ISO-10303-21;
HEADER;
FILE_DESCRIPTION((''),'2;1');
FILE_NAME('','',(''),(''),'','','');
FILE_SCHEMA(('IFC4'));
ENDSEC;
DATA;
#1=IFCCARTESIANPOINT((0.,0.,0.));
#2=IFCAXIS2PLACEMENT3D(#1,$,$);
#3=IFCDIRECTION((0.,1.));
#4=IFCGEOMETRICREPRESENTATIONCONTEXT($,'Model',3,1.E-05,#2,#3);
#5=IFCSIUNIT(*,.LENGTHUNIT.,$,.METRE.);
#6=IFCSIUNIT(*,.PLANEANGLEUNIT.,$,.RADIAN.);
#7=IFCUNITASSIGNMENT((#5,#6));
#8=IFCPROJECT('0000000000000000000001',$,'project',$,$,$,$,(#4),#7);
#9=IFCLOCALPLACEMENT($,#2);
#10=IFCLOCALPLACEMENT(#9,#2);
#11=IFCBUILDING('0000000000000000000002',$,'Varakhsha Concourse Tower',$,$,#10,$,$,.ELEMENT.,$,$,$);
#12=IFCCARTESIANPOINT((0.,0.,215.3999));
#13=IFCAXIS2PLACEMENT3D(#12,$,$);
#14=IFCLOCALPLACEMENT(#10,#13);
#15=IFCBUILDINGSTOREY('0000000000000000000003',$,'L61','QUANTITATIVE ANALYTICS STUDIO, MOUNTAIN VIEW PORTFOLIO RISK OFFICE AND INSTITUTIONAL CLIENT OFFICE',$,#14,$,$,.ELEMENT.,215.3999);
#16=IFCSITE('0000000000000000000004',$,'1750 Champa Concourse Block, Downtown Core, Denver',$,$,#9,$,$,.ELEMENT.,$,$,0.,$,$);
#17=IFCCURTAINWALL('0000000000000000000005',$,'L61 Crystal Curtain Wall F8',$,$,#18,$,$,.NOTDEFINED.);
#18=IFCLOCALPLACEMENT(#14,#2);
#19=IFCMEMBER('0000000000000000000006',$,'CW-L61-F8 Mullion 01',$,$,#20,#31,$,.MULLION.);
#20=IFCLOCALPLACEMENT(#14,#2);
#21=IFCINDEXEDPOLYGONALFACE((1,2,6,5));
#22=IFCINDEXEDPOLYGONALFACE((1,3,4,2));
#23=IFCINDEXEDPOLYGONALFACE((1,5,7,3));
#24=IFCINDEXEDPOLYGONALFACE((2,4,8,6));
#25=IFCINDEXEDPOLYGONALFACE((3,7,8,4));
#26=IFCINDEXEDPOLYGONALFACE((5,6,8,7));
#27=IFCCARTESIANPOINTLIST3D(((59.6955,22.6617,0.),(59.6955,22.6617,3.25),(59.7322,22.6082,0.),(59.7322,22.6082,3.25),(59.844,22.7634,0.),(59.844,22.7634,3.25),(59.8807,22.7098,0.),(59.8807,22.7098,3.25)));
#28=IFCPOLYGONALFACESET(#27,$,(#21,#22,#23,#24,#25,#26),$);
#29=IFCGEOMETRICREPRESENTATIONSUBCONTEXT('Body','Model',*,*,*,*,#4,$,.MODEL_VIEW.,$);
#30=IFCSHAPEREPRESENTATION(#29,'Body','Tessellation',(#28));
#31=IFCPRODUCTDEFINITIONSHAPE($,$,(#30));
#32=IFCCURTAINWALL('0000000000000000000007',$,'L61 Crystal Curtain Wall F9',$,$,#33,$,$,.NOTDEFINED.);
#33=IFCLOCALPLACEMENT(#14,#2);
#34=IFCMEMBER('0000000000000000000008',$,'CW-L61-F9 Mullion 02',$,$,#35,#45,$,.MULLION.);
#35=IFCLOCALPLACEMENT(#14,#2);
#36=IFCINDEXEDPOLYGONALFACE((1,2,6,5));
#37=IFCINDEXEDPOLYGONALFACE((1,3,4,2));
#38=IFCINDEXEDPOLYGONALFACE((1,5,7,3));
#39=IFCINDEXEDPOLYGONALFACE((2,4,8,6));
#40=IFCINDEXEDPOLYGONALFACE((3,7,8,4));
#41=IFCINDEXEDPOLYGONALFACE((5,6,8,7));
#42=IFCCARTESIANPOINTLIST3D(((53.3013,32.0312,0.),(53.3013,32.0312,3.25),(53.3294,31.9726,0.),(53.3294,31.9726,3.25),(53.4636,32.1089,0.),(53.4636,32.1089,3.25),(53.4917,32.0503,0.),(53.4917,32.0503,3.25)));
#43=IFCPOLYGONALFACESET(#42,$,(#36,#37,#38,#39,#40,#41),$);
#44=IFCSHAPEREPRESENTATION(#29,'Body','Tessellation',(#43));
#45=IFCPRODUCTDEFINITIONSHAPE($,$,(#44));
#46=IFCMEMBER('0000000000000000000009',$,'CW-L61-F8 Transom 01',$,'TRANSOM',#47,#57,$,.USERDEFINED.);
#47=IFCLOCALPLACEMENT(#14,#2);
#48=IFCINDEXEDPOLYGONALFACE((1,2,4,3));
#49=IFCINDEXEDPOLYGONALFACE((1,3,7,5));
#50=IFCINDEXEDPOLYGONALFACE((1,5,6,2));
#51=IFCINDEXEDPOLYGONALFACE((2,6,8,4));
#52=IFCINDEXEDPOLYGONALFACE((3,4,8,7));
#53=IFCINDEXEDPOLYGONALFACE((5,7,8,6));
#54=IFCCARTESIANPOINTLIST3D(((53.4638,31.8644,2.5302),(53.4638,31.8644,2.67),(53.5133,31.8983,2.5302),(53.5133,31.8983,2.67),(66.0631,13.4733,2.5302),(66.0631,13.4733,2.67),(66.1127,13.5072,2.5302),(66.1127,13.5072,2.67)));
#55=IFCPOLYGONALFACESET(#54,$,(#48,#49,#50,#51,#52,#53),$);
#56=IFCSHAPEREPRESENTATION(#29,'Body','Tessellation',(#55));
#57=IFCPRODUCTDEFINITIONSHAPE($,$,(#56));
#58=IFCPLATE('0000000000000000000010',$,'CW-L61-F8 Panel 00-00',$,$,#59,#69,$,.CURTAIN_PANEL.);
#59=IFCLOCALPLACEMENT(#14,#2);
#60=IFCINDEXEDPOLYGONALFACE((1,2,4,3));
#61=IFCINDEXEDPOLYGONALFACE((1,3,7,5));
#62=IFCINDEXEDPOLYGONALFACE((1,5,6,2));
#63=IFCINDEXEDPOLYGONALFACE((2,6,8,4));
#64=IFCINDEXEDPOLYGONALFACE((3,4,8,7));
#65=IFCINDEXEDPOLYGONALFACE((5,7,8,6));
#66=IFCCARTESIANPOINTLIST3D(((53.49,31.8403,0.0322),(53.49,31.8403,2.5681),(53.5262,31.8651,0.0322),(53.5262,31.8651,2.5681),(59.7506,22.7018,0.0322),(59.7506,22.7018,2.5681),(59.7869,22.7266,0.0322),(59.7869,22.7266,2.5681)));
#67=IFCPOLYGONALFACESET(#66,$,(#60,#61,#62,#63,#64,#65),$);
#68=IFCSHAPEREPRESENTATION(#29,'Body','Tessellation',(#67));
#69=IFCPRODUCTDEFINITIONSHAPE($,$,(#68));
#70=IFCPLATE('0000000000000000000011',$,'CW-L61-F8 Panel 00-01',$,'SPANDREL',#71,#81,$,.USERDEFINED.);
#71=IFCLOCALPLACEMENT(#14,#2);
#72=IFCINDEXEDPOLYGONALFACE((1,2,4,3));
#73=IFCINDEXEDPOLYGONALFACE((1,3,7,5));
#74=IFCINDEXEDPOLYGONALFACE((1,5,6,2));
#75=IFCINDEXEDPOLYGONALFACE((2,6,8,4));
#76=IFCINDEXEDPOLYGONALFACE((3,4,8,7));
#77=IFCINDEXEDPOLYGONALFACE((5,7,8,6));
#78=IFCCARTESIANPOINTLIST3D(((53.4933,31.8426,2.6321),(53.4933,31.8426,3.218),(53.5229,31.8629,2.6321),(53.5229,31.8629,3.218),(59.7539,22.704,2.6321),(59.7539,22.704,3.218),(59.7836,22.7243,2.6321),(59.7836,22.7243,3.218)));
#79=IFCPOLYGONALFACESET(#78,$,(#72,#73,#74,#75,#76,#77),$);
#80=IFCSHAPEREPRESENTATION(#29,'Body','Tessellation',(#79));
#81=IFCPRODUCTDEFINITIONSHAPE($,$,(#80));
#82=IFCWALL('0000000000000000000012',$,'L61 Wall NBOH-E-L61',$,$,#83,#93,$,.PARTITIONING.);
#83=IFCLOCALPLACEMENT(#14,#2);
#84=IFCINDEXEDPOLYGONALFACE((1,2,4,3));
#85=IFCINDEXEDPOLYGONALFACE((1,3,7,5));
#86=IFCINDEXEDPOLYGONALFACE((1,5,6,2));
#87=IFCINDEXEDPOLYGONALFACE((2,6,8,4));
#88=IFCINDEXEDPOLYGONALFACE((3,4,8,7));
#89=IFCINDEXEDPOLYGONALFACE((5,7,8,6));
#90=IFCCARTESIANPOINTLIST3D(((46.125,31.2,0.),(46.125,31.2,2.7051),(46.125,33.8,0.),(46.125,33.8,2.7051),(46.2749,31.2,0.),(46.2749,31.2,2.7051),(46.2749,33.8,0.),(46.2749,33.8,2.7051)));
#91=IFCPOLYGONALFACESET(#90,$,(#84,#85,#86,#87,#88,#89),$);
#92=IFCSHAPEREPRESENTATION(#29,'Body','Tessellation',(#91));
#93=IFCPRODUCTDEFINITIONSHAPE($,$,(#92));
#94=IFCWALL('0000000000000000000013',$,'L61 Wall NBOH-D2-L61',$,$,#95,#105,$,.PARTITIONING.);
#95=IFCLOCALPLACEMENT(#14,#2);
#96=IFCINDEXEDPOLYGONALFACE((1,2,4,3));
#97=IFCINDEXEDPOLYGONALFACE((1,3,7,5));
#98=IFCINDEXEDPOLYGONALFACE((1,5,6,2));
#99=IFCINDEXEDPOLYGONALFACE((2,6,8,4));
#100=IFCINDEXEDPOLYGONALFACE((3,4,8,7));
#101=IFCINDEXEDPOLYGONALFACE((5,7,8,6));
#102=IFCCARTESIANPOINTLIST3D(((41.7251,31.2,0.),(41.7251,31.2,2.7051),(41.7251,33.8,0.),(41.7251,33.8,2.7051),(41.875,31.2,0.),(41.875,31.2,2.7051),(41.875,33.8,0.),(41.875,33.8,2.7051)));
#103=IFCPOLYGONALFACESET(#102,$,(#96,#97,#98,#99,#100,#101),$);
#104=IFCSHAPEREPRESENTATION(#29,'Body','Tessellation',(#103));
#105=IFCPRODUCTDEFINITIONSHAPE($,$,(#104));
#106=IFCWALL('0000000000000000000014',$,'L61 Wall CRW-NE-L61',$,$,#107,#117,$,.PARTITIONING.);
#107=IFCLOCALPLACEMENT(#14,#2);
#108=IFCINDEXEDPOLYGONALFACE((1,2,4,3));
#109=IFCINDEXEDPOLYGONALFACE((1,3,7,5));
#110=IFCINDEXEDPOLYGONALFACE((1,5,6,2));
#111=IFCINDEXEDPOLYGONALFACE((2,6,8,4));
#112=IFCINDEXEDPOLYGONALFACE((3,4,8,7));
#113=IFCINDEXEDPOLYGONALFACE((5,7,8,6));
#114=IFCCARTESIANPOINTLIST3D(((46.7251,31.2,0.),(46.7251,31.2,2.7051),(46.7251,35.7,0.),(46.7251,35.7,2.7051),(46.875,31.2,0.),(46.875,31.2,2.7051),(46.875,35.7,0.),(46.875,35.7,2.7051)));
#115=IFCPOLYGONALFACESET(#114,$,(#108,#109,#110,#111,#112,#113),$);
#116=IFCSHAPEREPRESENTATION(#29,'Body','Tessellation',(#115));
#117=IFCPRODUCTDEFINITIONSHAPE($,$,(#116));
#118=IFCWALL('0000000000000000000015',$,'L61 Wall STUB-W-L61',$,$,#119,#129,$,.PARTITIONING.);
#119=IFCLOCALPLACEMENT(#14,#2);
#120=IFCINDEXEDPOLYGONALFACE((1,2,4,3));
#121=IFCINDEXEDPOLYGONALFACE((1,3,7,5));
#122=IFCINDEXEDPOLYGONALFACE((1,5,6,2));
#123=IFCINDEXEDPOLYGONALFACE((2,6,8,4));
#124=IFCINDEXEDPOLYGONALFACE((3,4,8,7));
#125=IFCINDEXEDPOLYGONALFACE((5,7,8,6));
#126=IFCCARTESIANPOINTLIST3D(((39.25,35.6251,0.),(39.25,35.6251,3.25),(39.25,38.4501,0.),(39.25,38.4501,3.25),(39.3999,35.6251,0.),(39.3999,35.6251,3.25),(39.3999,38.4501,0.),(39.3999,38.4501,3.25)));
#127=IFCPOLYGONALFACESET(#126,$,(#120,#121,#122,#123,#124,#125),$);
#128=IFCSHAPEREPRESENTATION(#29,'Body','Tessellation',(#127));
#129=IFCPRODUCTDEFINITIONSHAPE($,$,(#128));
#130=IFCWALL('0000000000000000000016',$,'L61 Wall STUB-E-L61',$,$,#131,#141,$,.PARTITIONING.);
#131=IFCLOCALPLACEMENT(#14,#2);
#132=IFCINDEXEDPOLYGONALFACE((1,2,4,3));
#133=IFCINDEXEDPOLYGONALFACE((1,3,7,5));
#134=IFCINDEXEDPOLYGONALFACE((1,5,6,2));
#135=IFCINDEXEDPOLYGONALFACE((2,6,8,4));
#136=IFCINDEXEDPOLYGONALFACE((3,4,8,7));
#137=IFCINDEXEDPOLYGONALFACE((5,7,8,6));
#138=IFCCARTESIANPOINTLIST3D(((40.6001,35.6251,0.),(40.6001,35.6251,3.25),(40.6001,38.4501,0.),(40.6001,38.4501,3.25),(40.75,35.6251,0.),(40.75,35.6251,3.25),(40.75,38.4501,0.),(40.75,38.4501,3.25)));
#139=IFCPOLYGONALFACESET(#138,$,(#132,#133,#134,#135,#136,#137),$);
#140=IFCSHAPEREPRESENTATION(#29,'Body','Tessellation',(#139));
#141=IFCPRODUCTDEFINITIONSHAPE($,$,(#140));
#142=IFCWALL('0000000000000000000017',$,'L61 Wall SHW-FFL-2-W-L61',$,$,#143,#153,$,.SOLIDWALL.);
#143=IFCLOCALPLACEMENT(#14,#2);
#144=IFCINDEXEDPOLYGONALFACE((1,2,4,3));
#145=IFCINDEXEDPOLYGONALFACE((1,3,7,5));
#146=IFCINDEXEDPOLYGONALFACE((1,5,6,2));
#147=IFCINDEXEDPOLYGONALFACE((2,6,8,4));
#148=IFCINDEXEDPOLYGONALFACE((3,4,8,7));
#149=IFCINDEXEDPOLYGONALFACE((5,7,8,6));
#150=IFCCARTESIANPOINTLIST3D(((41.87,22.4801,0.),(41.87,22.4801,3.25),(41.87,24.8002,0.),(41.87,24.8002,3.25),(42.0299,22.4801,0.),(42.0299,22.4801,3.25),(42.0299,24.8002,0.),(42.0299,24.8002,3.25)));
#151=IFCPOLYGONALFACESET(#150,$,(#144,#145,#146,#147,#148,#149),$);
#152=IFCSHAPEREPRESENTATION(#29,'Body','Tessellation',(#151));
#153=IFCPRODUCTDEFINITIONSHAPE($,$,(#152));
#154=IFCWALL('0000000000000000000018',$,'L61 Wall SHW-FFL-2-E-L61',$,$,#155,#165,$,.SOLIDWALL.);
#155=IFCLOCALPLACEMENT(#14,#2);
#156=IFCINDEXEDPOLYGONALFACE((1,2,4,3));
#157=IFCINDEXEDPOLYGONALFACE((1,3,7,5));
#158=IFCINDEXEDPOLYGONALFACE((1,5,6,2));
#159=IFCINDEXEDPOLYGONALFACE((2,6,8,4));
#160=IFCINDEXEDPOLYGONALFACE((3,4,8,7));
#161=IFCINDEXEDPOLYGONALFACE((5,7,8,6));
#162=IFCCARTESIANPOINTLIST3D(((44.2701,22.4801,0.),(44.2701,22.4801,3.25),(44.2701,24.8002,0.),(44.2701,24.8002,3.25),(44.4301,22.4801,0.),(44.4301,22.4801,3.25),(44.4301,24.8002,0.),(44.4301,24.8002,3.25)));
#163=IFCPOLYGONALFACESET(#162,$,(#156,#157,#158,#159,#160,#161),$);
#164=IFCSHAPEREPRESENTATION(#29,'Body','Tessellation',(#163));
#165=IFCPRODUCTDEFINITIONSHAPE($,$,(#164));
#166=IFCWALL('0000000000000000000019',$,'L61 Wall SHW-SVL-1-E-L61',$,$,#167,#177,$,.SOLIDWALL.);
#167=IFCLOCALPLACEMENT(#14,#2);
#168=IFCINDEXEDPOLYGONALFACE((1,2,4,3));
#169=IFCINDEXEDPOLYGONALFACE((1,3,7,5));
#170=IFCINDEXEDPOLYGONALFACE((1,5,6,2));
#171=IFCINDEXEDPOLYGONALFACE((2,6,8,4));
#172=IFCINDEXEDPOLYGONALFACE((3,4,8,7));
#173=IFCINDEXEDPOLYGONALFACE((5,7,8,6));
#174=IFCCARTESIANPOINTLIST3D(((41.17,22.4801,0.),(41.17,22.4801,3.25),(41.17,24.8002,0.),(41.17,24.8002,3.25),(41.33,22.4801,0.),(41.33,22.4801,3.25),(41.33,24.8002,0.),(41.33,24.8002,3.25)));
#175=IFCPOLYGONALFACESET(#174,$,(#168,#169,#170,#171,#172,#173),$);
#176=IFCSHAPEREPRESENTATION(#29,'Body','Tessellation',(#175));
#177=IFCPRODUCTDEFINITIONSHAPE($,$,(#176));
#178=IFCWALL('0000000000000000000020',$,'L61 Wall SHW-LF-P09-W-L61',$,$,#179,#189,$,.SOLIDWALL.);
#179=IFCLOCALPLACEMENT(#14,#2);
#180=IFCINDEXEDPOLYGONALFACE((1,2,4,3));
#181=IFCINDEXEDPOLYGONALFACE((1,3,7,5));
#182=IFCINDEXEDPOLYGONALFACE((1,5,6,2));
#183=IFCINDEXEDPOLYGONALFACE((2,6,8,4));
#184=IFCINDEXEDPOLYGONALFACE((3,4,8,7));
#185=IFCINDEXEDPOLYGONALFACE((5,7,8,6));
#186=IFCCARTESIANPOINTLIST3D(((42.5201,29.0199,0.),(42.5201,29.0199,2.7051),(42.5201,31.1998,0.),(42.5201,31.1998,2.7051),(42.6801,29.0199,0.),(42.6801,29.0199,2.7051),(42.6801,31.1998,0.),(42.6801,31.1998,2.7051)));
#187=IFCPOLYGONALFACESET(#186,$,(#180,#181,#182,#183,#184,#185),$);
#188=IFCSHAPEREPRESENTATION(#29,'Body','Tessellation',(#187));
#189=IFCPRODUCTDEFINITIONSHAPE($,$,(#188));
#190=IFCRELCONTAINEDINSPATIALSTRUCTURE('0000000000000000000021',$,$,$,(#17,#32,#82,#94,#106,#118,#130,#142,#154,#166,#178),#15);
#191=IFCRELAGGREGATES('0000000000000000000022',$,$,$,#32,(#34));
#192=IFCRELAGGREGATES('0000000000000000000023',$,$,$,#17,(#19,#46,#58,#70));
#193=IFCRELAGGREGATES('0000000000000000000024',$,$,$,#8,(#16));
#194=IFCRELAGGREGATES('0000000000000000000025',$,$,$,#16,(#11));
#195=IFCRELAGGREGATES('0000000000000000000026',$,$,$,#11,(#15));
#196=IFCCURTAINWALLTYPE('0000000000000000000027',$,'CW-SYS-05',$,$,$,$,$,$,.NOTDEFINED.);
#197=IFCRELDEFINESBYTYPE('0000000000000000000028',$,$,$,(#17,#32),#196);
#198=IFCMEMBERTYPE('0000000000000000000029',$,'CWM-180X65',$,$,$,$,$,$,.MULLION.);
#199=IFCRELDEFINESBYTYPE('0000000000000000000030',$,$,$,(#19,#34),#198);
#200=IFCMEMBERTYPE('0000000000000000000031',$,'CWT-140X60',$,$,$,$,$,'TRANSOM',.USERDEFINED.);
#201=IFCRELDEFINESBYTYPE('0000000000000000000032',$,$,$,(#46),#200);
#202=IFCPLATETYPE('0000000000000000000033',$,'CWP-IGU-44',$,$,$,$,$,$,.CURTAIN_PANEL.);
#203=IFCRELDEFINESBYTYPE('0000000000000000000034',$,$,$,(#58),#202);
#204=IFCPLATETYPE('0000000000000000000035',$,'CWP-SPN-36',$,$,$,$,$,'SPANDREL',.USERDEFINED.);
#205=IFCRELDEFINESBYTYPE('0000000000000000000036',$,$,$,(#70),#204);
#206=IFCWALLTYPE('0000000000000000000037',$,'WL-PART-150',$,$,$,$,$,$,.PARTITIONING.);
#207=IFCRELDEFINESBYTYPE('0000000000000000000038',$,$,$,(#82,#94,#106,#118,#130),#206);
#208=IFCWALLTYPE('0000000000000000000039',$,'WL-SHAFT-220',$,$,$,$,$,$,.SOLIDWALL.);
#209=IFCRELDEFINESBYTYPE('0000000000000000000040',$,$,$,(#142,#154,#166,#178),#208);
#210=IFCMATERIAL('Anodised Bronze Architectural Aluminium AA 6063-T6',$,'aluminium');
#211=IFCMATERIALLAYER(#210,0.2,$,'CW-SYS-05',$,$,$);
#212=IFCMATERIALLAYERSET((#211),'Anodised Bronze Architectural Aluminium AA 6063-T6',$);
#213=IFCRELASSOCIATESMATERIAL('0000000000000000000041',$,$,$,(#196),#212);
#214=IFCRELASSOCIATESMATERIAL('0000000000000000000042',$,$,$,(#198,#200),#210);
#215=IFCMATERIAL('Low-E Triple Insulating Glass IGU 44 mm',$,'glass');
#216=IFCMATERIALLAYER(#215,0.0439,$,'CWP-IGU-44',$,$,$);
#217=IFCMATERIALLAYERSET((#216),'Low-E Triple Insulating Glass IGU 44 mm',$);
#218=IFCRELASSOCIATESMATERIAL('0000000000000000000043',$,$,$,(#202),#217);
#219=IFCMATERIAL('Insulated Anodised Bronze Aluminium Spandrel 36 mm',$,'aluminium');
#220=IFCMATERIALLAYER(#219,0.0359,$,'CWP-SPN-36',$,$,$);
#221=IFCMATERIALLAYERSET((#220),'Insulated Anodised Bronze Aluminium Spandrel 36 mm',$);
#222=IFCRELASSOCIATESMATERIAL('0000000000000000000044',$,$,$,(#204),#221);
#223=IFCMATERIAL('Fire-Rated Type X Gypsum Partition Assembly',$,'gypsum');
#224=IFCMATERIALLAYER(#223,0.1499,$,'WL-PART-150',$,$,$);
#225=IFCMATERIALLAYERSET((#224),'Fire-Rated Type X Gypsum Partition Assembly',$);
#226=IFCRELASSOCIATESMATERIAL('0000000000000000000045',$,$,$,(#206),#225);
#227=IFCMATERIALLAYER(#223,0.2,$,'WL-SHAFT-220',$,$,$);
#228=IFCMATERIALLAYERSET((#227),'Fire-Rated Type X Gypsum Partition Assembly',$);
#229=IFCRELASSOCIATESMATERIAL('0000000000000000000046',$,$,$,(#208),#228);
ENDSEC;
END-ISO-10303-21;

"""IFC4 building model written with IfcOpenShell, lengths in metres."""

from ifc_helpers import new_model, si_unit, direction, frame, frame_2d, origin, origin_2d, place, context, subcontext, project, spatial, rectangle, extrude, source, transform, mapped, material, layer, layer_set, material_profile, profile_set, type_object, type_shapes, element, aggregate, save


model = new_model("IFC4")

# Units and contexts
model_context = context("Model", 3, precision=1e-05, world=origin(), true_north=direction((0.0, 1.0)))
body_context = subcontext(model_context, "Body", "Model", "MODEL_VIEW")
ifc_project = project(units=[si_unit("LENGTHUNIT", "METRE"), si_unit("PLANEANGLEUNIT", "RADIAN")], contexts=[model_context])

# Site, building, storey
site_placement = place(None, origin())
site = spatial("IfcSite", under=ifc_project, at=site_placement, Name="1750 Champa Concourse Block, Downtown Core, Denver", CompositionType="ELEMENT", RefElevation=0.0)
building_placement = place(site_placement, origin())
building = spatial("IfcBuilding", under=site, at=building_placement, Name="Varakhsha Concourse Tower", CompositionType="ELEMENT")
storey_placement = place(building_placement, frame((0.0, 0.0, 215.3999)))
storey = spatial("IfcBuildingStorey", under=building, at=storey_placement, Name="L61", Description="QUANTITATIVE ANALYTICS STUDIO, MOUNTAIN VIEW PORTFOLIO RISK OFFICE AND INSTITUTIONAL CLIENT OFFICE", CompositionType="ELEMENT", Elevation=215.3999)

# Curtain wall, member
ifc_material_1 = material(Name="Anodised Bronze Architectural Aluminium AA 6063-T6", Category="aluminium")
ifc_layer_1 = layer(ifc_material_1, 0.2, Name="CW-SYS-05")
ifc_layer_set_1 = layer_set([ifc_layer_1], Name="Anodised Bronze Architectural Aluminium AA 6063-T6")
curtain_wall_type = type_object("IfcCurtainWallType", Name="CW-SYS-05", PredefinedType="NOTDEFINED", material=ifc_layer_set_1)
curtain_wall_1_placement = place(storey_placement, origin())
curtain_wall_1 = element("IfcCurtainWall", 1, at=curtain_wall_1_placement, inside=storey, type_object=curtain_wall_type, Name="L61 Crystal Curtain Wall F8", PredefinedType="NOTDEFINED")
ifc_material_profile_1 = material_profile(ifc_material_1, rectangle(XDim=0.0649, YDim=0.1799, at=origin_2d()), Name="CWM-180X65")
ifc_profile_set_1 = profile_set([ifc_material_profile_1], Name="Anodised Bronze Architectural Aluminium AA 6063-T6")
member_type_1 = type_object("IfcMemberType", Name="CWM-180X65", PredefinedType="MULLION", material=ifc_profile_set_1)
shared_shape_1 = source(origin(), body_context, "Body", "SweptSolid", [
    extrude(rectangle(XDim=0.0649, YDim=0.1799, at=origin_2d()), origin(), (0.0, 0.0, 1.0), 3.25),
])
type_shapes(member_type_1, [shared_shape_1])
member_1_placement = place(storey_placement, frame((59.7881, 22.6858, 0.0), z_axis=(0.0, 0.0, 1.0), x_axis=(0.565173, -0.824972, 0.0)))
member_1 = element("IfcMember", 2, at=member_1_placement, type_object=member_type_1, Name="CW-L61-F8 Mullion 01", PredefinedType="MULLION", context=body_context, shape_type="MappedRepresentation", body=[
    mapped(shared_shape_1, transform((0.0, 0.0, 0.0), scale=1.0)),
])

# Curtain wall, member
curtain_wall_2_placement = place(storey_placement, origin())
curtain_wall_2 = element("IfcCurtainWall", 3, at=curtain_wall_2_placement, inside=storey, type_object=curtain_wall_type, Name="L61 Crystal Curtain Wall F9", PredefinedType="NOTDEFINED")
member_2_placement = place(storey_placement, frame((53.3965, 32.0408, 0.0), z_axis=(0.0, 0.0, 1.0), x_axis=(0.431862, -0.90194, 0.0)))
member_2 = element("IfcMember", 4, at=member_2_placement, type_object=member_type_1, Name="CW-L61-F9 Mullion 02", PredefinedType="MULLION", context=body_context, shape_type="MappedRepresentation", body=[
    mapped(shared_shape_1, transform((0.0, 0.0, 0.0), scale=1.0)),
])
aggregate(curtain_wall_2, [member_2])

# Member
ifc_material_profile_2 = material_profile(ifc_material_1, rectangle(XDim=0.0601, YDim=0.1399, at=origin_2d()), Name="CWT-140X60")
ifc_profile_set_2 = profile_set([ifc_material_profile_2], Name="Anodised Bronze Architectural Aluminium AA 6063-T6")
member_type_2 = type_object("IfcMemberType", Name="CWT-140X60", ElementType="TRANSOM", PredefinedType="USERDEFINED", material=ifc_profile_set_2)
shared_shape_2 = source(origin(), body_context, "Body", "SweptSolid", [
    extrude(rectangle(XDim=0.0601, YDim=0.1399, at=origin_2d()), origin(), (0.0, 0.0, 1.0), 22.293),
])
type_shapes(member_type_2, [shared_shape_2])
member_3_placement = place(storey_placement, frame((53.4885, 31.8813, 2.6001), z_axis=(0.565172, -0.824973, 0.0), x_axis=(0.824973, 0.565172, 0.0)))
member_3 = element("IfcMember", 5, at=member_3_placement, type_object=member_type_2, Name="CW-L61-F8 Transom 01", ObjectType="TRANSOM", PredefinedType="USERDEFINED", context=body_context, shape_type="MappedRepresentation", body=[
    mapped(shared_shape_2, transform((0.0, 0.0, 0.0), scale=1.0)),
])

# Plates
ifc_material_2 = material(Name="Low-E Triple Insulating Glass IGU 44 mm", Category="glass")
ifc_layer_2 = layer(ifc_material_2, 0.0439, Name="CWP-IGU-44")
ifc_layer_set_2 = layer_set([ifc_layer_2], Name="Low-E Triple Insulating Glass IGU 44 mm")
plate_type_1 = type_object("IfcPlateType", Name="CWP-IGU-44", PredefinedType="CURTAIN_PANEL", material=ifc_layer_set_2)
shared_shape_3 = source(origin(), body_context, "Body", "SweptSolid", [
    extrude(rectangle(XDim=11.0774, YDim=0.0439, at=origin_2d()), origin(), (0.0, 0.0, 1.0), 2.5359),
])
type_shapes(plate_type_1, [shared_shape_3])
plate_1_placement = place(storey_placement, frame((56.6384, 27.2834, 0.0322), z_axis=(0.0, 0.0, 1.0), x_axis=(0.565173, -0.824972, 0.0)))
plate_1 = element("IfcPlate", 6, at=plate_1_placement, type_object=plate_type_1, Name="CW-L61-F8 Panel 00-00", PredefinedType="CURTAIN_PANEL", context=body_context, shape_type="MappedRepresentation", body=[
    mapped(shared_shape_3, transform((0.0, 0.0, 0.0), scale=1.0)),
])
ifc_material_3 = material(Name="Insulated Anodised Bronze Aluminium Spandrel 36 mm", Category="aluminium")
ifc_layer_3 = layer(ifc_material_3, 0.0359, Name="CWP-SPN-36")
ifc_layer_set_3 = layer_set([ifc_layer_3], Name="Insulated Anodised Bronze Aluminium Spandrel 36 mm")
plate_type_2 = type_object("IfcPlateType", Name="CWP-SPN-36", ElementType="SPANDREL", PredefinedType="USERDEFINED", material=ifc_layer_set_3)
shared_shape_4 = source(origin(), body_context, "Body", "SweptSolid", [
    extrude(rectangle(XDim=11.0774, YDim=0.0359, at=origin_2d()), origin(), (0.0, 0.0, 1.0), 0.5859),
])
type_shapes(plate_type_2, [shared_shape_4])
plate_2_placement = place(storey_placement, frame((56.6384, 27.2834, 2.6321), z_axis=(0.0, 0.0, 1.0), x_axis=(0.565173, -0.824972, 0.0)))
plate_2 = element("IfcPlate", 7, at=plate_2_placement, type_object=plate_type_2, Name="CW-L61-F8 Panel 00-01", ObjectType="SPANDREL", PredefinedType="USERDEFINED", context=body_context, shape_type="MappedRepresentation", body=[
    mapped(shared_shape_4, transform((0.0, 0.0, 0.0), scale=1.0)),
])
aggregate(curtain_wall_1, [member_1, member_3, plate_1, plate_2])

# Walls
ifc_material_4 = material(Name="Fire-Rated Type X Gypsum Partition Assembly", Category="gypsum")
ifc_layer_4 = layer(ifc_material_4, 0.1499, Name="WL-PART-150")
ifc_layer_set_4 = layer_set([ifc_layer_4], Name="Fire-Rated Type X Gypsum Partition Assembly")
wall_type_1 = type_object("IfcWallType", Name="WL-PART-150", PredefinedType="PARTITIONING", material=ifc_layer_set_4)
for number, where, z_axis, x_axis, name in (
    (8, (46.2, 31.2, 0.0), (0.0, 0.0, 1.0), (0.0, 1.0, 0.0), "L61 Wall NBOH-E-L61"),
    (9, (41.8, 31.2, 0.0), (0.0, 0.0, 1.0), (0.0, 1.0, 0.0), "L61 Wall NBOH-D2-L61"),
):
    element("IfcWall", number, at=place(storey_placement, frame(where, z_axis=z_axis, x_axis=x_axis)), inside=storey, type_object=wall_type_1, Name=name, PredefinedType="PARTITIONING", context=body_context, shape_type="SweptSolid", body=[
        extrude(rectangle(XDim=2.6001, YDim=0.1499, at=frame_2d((1.3, 0.0))), origin(), (0.0, 0.0, 1.0), 2.7051),
    ])
wall_1_placement = place(storey_placement, frame((46.8, 31.2, 0.0), z_axis=(0.0, 0.0, 1.0), x_axis=(0.0, 1.0, 0.0)))
element("IfcWall", 10, at=wall_1_placement, inside=storey, type_object=wall_type_1, Name="L61 Wall CRW-NE-L61", PredefinedType="PARTITIONING", context=body_context, shape_type="SweptSolid", body=[
    extrude(rectangle(XDim=4.5, YDim=0.1499, at=frame_2d((2.25, 0.0))), origin(), (0.0, 0.0, 1.0), 2.7051),
])
for number, where, z_axis, x_axis, name in (
    (11, (39.325, 35.625, 0.0), (0.0, 0.0, 1.0), (0.0, 1.0, 0.0), "L61 Wall STUB-W-L61"),
    (12, (40.675, 35.625, 0.0), (0.0, 0.0, 1.0), (0.0, 1.0, 0.0), "L61 Wall STUB-E-L61"),
):
    element("IfcWall", number, at=place(storey_placement, frame(where, z_axis=z_axis, x_axis=x_axis)), inside=storey, type_object=wall_type_1, Name=name, PredefinedType="PARTITIONING", context=body_context, shape_type="SweptSolid", body=[
        extrude(rectangle(XDim=2.825, YDim=0.1499, at=frame_2d((1.4126, 0.0))), origin(), (0.0, 0.0, 1.0), 3.25),
    ])
ifc_layer_5 = layer(ifc_material_4, 0.2, Name="WL-SHAFT-220")
ifc_layer_set_5 = layer_set([ifc_layer_5], Name="Fire-Rated Type X Gypsum Partition Assembly")
wall_type_2 = type_object("IfcWallType", Name="WL-SHAFT-220", PredefinedType="SOLIDWALL", material=ifc_layer_set_5)
for number, where, z_axis, x_axis, name in (
    (13, (41.95, 22.48, 0.0), (0.0, 0.0, 1.0), (0.0, 1.0, 0.0), "L61 Wall SHW-FFL-2-W-L61"),
    (14, (44.3501, 22.48, 0.0), (0.0, 0.0, 1.0), (0.0, 1.0, 0.0), "L61 Wall SHW-FFL-2-E-L61"),
    (15, (41.25, 22.48, 0.0), (0.0, 0.0, 1.0), (0.0, 1.0, 0.0), "L61 Wall SHW-SVL-1-E-L61"),
):
    element("IfcWall", number, at=place(storey_placement, frame(where, z_axis=z_axis, x_axis=x_axis)), inside=storey, type_object=wall_type_2, Name=name, PredefinedType="SOLIDWALL", context=body_context, shape_type="SweptSolid", body=[
        extrude(rectangle(XDim=2.3201, YDim=0.1599, at=frame_2d((1.1602, 0.0))), origin(), (0.0, 0.0, 1.0), 3.25),
    ])
for number, where, z_axis, x_axis, name in (
    (16, (42.6001, 29.02, 0.0), (0.0, 0.0, 1.0), (0.0, 1.0, 0.0), "L61 Wall SHW-LF-P09-W-L61"),
):
    element("IfcWall", number, at=place(storey_placement, frame(where, z_axis=z_axis, x_axis=x_axis)), inside=storey, type_object=wall_type_2, Name=name, PredefinedType="SOLIDWALL", context=body_context, shape_type="SweptSolid", body=[
        extrude(rectangle(XDim=2.1799, YDim=0.1599, at=frame_2d((1.0898, 0.0))), origin(), (0.0, 0.0, 1.0), 2.7051),
    ])

save(model, "model.ifc")
